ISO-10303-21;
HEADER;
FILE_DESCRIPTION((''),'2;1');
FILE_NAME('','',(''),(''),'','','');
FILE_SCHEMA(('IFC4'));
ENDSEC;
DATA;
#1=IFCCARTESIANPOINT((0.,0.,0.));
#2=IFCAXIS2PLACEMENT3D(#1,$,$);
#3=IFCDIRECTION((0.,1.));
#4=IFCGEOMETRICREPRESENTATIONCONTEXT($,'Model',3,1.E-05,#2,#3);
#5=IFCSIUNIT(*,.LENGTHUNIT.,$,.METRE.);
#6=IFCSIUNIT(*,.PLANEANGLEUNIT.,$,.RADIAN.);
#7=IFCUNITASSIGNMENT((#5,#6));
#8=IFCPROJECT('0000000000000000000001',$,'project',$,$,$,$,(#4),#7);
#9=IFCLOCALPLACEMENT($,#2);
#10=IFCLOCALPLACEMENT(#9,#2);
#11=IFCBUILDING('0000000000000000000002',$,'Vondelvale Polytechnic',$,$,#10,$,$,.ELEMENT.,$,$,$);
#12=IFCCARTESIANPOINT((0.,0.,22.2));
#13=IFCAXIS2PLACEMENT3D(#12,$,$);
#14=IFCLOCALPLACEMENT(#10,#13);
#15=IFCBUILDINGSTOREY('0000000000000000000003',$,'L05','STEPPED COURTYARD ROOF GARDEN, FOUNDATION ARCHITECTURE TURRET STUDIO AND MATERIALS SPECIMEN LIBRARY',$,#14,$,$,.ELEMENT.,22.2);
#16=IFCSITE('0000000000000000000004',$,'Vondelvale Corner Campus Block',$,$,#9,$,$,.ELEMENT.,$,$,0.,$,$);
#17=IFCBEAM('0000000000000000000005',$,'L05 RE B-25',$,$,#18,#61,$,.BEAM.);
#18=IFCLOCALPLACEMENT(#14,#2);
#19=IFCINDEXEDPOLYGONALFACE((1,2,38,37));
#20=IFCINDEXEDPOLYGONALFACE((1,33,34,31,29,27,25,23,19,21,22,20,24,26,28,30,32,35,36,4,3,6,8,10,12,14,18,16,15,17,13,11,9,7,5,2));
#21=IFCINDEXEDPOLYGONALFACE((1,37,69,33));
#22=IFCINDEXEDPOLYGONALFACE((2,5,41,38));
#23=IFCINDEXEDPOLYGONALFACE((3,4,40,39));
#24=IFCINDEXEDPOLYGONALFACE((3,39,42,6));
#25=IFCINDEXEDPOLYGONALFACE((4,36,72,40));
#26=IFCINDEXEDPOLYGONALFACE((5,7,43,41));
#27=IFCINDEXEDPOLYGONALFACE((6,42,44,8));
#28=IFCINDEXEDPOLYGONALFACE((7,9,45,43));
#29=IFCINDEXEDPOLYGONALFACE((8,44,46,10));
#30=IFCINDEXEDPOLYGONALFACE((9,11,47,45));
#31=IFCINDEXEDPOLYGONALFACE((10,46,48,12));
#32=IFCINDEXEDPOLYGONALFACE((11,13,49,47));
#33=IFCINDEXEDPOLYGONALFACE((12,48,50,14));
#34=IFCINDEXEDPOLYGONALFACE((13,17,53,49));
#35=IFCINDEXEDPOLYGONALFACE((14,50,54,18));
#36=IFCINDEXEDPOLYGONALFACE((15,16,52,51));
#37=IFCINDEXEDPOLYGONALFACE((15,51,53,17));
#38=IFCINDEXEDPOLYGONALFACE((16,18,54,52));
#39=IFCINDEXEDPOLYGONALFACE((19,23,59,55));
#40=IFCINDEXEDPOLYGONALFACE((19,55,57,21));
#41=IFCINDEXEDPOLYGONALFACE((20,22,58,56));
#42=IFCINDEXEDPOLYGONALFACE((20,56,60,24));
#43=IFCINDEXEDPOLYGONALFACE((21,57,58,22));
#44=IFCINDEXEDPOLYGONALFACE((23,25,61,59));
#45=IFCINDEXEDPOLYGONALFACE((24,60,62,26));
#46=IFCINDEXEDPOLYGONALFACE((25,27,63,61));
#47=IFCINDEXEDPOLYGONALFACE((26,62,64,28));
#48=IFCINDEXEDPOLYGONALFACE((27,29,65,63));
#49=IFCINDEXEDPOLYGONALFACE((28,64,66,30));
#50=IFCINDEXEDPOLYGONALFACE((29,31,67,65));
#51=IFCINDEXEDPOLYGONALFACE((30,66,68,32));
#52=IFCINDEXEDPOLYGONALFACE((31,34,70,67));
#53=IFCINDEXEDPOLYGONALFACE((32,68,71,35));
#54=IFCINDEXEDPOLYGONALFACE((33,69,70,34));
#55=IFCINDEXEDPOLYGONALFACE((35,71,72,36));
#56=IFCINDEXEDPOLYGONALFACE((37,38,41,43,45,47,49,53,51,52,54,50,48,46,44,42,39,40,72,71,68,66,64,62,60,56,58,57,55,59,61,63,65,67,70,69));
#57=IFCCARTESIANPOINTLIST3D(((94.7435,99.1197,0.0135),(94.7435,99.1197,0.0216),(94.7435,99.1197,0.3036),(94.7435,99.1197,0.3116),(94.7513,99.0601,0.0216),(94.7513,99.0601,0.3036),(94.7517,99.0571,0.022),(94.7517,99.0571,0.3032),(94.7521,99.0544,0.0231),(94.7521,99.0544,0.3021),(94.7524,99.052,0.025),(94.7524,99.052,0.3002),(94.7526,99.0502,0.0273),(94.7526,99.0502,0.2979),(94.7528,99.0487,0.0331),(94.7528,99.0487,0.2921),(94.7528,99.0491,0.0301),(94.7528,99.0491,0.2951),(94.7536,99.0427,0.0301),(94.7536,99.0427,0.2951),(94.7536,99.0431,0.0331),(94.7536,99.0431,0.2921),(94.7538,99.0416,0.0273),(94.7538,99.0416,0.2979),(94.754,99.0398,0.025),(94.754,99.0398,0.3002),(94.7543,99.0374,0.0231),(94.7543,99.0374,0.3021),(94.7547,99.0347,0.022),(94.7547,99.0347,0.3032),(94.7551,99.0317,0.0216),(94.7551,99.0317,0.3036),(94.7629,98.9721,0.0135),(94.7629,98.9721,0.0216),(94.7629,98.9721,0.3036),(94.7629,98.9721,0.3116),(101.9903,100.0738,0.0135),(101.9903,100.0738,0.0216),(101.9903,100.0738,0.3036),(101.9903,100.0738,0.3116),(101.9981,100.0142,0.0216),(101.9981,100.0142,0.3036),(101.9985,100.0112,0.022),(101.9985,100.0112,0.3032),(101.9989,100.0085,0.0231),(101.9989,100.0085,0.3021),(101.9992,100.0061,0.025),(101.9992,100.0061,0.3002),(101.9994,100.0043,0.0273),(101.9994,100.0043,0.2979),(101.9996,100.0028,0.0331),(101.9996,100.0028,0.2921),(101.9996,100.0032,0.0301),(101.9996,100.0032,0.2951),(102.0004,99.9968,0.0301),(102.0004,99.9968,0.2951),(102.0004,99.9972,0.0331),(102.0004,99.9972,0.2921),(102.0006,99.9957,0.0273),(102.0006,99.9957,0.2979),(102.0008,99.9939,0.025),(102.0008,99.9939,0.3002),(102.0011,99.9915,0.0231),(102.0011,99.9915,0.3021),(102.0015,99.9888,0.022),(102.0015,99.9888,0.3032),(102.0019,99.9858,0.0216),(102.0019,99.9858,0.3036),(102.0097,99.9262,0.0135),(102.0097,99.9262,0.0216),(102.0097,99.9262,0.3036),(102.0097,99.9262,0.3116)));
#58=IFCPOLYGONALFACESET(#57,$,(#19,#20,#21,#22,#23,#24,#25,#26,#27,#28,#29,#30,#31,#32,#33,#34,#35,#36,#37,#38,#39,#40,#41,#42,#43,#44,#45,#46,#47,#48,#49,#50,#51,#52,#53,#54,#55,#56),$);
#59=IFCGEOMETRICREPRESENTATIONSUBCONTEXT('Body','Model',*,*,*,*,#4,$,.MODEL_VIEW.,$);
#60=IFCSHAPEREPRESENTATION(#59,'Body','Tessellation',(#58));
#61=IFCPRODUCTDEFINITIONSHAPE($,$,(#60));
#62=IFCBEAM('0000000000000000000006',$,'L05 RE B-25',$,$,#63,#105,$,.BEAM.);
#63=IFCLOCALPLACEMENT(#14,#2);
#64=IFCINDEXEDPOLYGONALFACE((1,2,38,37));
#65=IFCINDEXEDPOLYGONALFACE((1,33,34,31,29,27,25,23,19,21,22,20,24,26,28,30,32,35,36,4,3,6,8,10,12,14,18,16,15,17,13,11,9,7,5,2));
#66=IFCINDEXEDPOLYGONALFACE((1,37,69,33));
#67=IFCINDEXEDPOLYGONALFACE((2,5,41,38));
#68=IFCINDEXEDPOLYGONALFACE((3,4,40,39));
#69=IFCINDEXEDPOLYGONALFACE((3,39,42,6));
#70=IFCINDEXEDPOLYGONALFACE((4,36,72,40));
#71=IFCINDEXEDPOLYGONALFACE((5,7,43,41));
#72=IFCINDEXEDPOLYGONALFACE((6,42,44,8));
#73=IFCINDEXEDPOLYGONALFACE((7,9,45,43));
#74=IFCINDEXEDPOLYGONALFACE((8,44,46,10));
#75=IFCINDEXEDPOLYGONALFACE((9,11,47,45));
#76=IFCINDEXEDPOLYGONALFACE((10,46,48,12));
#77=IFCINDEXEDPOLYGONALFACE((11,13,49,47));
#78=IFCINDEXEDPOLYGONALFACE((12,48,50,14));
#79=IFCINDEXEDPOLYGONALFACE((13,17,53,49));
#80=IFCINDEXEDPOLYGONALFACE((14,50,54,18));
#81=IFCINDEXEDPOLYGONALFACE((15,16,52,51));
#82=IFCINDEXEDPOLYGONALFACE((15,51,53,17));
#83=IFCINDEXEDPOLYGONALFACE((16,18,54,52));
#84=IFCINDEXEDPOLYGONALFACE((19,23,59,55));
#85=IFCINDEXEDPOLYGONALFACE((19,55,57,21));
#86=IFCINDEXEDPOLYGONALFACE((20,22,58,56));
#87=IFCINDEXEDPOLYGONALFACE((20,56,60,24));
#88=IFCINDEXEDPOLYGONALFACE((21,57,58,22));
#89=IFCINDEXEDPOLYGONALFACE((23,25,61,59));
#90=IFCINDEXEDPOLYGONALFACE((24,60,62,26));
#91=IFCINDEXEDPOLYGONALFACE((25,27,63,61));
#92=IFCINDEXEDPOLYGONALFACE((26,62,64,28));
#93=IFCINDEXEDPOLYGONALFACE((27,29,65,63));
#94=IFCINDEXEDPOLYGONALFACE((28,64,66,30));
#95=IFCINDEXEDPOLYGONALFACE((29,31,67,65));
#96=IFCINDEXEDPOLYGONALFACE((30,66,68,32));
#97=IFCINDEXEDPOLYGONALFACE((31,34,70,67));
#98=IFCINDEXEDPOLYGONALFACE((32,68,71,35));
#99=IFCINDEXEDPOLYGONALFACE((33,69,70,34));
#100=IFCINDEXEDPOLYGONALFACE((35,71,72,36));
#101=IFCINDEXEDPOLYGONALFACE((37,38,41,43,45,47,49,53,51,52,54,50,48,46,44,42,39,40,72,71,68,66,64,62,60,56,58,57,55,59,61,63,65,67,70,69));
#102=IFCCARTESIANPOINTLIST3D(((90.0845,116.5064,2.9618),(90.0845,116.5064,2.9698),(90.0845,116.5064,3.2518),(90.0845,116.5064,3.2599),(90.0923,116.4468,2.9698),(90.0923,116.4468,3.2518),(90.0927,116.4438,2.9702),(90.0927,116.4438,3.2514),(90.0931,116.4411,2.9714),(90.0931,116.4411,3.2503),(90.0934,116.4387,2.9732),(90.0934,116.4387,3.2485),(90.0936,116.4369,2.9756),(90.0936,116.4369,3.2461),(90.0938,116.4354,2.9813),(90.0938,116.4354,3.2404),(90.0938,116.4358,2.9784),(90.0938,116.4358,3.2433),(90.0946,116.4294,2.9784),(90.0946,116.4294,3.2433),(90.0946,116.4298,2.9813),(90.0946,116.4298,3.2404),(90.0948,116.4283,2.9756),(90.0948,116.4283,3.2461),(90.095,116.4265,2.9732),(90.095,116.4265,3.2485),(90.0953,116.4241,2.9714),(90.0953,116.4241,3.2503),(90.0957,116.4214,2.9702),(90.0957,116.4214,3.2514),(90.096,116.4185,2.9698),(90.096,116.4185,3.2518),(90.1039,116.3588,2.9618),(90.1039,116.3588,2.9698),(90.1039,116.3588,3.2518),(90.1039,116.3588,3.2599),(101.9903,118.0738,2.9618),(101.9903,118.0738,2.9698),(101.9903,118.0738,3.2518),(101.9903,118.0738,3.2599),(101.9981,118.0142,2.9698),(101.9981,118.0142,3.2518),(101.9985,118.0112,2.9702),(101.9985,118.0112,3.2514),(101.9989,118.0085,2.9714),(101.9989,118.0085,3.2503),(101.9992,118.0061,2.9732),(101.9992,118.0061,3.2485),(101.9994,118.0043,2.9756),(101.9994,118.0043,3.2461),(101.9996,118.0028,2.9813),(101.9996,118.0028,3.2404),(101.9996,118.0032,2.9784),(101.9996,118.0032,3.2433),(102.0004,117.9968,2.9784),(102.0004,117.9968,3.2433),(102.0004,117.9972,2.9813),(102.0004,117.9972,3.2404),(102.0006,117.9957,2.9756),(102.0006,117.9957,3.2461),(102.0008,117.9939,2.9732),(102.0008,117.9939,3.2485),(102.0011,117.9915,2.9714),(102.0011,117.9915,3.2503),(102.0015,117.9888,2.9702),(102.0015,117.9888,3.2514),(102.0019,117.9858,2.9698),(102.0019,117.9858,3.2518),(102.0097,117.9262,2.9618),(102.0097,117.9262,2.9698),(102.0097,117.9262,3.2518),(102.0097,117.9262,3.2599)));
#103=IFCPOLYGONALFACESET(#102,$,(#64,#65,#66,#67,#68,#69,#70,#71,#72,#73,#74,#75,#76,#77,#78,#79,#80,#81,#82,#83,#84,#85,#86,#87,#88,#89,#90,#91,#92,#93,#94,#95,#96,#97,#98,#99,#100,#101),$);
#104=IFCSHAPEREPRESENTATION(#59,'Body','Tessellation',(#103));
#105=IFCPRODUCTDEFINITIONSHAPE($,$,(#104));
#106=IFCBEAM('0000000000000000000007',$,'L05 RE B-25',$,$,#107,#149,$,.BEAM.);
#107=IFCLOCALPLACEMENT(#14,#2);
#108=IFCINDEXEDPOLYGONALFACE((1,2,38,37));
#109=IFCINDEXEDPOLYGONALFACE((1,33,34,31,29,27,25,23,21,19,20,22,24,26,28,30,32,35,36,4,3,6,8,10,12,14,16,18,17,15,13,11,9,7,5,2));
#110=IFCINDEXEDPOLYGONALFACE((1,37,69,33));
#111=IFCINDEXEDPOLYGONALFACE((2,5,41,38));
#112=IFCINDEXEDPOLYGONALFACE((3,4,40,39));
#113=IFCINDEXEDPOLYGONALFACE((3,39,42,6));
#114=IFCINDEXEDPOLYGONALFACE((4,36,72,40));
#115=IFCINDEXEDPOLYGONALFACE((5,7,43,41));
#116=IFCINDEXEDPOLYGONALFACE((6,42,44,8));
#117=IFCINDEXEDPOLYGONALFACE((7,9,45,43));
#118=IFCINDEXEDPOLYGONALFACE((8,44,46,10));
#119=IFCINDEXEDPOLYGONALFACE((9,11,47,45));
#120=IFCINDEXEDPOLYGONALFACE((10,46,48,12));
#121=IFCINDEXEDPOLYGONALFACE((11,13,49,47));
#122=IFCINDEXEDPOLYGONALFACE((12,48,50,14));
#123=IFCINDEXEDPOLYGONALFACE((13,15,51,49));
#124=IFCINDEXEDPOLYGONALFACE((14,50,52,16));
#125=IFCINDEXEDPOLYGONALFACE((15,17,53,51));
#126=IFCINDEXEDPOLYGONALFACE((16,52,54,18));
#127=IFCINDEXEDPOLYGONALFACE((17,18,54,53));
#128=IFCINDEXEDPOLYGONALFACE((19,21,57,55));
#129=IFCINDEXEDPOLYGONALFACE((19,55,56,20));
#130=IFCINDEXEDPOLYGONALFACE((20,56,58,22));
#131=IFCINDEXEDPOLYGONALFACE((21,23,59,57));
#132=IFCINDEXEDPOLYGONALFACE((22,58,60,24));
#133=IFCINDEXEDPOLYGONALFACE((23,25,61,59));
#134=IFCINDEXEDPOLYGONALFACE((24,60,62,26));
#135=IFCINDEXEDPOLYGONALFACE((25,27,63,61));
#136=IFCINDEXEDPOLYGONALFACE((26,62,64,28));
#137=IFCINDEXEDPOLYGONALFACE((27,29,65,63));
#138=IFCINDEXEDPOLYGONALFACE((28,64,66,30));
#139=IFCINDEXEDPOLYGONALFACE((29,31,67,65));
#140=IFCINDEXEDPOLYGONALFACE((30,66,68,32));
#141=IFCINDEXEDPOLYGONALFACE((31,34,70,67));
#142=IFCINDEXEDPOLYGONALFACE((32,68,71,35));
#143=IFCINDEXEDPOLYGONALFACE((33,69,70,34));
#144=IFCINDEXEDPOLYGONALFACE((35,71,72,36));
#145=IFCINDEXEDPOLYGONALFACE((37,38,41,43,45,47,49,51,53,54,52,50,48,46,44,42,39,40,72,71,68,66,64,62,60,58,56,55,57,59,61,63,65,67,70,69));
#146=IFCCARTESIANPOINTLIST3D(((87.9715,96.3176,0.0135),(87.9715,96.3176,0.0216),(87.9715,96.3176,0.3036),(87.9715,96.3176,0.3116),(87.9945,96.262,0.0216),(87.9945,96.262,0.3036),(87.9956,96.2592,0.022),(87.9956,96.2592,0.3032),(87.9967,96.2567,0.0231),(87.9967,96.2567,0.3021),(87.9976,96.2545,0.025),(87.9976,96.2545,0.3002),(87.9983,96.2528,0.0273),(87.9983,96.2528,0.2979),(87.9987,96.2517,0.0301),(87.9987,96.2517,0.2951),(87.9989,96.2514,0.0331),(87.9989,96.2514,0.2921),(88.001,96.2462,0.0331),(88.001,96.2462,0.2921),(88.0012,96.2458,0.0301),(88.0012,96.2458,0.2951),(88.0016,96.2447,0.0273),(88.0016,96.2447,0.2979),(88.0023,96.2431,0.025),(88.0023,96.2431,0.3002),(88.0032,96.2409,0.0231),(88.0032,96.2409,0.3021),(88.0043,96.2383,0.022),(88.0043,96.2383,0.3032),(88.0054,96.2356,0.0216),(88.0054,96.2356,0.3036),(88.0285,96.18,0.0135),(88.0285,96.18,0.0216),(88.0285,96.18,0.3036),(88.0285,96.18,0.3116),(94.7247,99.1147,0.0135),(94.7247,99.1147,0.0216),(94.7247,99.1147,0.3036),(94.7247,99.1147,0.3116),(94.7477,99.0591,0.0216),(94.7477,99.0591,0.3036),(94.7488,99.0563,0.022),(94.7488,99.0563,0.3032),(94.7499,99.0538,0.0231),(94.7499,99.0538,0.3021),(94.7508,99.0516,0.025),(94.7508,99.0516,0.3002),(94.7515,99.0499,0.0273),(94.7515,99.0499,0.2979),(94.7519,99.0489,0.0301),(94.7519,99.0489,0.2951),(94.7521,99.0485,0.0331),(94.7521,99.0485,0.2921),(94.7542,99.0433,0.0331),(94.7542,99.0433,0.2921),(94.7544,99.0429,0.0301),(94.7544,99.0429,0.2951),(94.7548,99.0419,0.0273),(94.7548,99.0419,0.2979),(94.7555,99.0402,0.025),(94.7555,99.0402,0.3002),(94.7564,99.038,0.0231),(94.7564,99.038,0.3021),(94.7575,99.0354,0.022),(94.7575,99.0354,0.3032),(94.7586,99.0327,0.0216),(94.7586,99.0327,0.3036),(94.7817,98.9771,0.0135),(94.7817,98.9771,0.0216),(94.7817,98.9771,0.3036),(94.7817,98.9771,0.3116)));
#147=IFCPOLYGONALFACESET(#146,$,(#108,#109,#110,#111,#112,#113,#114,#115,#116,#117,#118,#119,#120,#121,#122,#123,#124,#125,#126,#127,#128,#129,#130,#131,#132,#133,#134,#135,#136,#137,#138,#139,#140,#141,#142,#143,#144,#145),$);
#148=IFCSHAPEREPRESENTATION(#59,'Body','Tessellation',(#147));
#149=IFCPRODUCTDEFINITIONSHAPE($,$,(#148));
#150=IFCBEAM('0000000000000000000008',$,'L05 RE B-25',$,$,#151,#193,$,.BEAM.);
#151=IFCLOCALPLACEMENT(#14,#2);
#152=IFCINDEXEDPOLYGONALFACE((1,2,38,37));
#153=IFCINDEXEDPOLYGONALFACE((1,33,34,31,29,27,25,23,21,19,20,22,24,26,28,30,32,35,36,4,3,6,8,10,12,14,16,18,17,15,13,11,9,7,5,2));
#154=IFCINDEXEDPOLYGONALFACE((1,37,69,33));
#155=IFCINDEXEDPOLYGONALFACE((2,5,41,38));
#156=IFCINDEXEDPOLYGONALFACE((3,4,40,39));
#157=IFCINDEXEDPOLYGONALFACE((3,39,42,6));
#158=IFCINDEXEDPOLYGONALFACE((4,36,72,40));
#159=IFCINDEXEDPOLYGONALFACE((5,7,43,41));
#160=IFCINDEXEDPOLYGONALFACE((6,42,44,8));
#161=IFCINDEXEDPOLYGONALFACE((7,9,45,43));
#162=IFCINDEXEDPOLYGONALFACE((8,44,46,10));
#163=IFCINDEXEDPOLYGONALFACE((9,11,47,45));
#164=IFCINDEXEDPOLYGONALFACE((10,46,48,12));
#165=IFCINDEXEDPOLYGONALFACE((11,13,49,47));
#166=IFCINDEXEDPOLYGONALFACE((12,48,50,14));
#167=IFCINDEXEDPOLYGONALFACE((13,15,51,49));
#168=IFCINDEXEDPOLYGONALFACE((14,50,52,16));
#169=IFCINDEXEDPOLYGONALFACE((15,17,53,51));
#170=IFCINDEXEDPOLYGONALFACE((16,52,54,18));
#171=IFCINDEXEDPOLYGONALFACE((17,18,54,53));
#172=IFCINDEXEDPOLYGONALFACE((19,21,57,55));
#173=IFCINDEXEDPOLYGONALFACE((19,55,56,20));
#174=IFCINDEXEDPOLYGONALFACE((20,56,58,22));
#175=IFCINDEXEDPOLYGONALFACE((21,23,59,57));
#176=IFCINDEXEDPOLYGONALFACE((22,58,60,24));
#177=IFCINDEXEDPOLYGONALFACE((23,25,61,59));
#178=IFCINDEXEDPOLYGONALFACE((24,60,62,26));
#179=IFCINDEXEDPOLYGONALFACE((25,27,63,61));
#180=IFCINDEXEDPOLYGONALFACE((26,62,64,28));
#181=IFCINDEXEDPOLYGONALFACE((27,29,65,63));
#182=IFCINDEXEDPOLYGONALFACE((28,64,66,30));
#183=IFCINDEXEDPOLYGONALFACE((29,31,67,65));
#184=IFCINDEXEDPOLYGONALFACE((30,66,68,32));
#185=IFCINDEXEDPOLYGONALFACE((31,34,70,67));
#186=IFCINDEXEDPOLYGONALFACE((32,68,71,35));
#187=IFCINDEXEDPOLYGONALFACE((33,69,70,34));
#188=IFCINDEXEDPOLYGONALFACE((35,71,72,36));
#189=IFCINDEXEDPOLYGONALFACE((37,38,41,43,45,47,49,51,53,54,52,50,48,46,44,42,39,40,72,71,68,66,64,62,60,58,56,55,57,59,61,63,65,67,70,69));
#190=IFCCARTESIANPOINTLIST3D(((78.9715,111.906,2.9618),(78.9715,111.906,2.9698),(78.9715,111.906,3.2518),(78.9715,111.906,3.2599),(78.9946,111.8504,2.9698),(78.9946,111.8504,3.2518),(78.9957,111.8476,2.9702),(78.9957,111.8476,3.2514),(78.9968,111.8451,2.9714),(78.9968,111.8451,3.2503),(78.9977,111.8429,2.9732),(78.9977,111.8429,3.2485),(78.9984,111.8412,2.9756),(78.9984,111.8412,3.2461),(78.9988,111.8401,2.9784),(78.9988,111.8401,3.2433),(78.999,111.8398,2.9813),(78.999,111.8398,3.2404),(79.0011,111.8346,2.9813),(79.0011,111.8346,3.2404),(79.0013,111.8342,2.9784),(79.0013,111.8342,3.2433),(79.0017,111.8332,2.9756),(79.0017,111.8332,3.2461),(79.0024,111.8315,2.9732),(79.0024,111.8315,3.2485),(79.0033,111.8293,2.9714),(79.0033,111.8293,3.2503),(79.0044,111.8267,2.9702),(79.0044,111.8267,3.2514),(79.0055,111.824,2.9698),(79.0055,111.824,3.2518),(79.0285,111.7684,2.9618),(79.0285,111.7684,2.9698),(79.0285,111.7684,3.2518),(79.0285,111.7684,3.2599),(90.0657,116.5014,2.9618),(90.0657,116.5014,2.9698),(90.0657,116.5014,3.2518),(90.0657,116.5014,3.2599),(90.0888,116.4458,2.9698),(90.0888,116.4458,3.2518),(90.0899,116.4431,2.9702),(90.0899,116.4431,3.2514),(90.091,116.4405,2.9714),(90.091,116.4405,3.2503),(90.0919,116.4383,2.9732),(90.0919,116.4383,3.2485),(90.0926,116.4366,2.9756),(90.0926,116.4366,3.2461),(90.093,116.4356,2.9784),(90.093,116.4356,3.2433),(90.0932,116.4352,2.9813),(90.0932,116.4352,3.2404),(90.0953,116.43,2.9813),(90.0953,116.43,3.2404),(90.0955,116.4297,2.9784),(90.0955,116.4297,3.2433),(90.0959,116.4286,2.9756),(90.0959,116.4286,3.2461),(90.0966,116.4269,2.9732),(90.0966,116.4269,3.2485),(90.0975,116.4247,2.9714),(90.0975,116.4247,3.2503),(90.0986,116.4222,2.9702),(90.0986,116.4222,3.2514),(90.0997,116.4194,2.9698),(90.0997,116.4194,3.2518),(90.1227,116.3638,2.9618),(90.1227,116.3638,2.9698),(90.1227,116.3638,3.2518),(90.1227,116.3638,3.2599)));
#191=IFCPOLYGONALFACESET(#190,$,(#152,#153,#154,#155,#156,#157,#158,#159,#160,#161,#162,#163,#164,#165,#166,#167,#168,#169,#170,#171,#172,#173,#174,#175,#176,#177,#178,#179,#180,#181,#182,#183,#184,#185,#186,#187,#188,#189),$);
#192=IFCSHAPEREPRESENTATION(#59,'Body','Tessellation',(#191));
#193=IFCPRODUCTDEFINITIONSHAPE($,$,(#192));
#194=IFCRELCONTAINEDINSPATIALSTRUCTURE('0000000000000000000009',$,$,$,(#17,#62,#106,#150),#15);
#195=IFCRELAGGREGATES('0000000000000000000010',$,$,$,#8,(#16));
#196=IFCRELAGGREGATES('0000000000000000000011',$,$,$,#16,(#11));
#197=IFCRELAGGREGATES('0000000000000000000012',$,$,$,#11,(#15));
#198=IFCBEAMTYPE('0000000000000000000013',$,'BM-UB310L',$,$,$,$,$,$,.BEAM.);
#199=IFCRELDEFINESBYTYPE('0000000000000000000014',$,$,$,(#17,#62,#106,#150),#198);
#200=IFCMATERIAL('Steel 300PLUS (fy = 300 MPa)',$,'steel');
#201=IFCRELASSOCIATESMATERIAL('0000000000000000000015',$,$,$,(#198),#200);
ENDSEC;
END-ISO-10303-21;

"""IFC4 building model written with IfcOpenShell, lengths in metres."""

from ifc_helpers import new_model, si_unit, direction, frame, origin, origin_2d, place, context, subcontext, project, spatial, i_section, extrude, material, material_profile, profile_set, type_object, element, save


model = new_model("IFC4")

# Units and contexts
model_context = context("Model", 3, precision=1e-05, world=origin(), true_north=direction((0.0, 1.0)))
body_context = subcontext(model_context, "Body", "Model", "MODEL_VIEW")
ifc_project = project(units=[si_unit("LENGTHUNIT", "METRE"), si_unit("PLANEANGLEUNIT", "RADIAN")], contexts=[model_context])

# Site, building, storey
site_placement = place(None, origin())
site = spatial("IfcSite", under=ifc_project, at=site_placement, Name="Vondelvale Corner Campus Block", CompositionType="ELEMENT", RefElevation=0.0)
building_placement = place(site_placement, origin())
building = spatial("IfcBuilding", under=site, at=building_placement, Name="Vondelvale Polytechnic", CompositionType="ELEMENT")
storey_placement = place(building_placement, frame((0.0, 0.0, 22.2)))
storey = spatial("IfcBuildingStorey", under=building, at=storey_placement, Name="L05", Description="STEPPED COURTYARD ROOF GARDEN, FOUNDATION ARCHITECTURE TURRET STUDIO AND MATERIALS SPECIMEN LIBRARY", CompositionType="ELEMENT", Elevation=22.2)

# Beams
ifc_material_1 = material(Name="Steel 300PLUS (fy = 300 MPa)", Category="steel")
ifc_material_profile_1 = material_profile(ifc_material_1, i_section(OverallWidth=0.1489, OverallDepth=0.2981, WebThickness=0.0056, FlangeThickness=0.0081, FilletRadius=0.0115, at=origin_2d()), Name="310UB32.0")
ifc_profile_set_1 = profile_set([ifc_material_profile_1], Name="Steel 300PLUS (fy = 300 MPa)")
beam_type = type_object("IfcBeamType", Name="BM-UB310L", PredefinedType="BEAM", material=ifc_profile_set_1)
beam_1_placement = place(storey_placement, frame((102.0, 100.0, 0.1626), z_axis=(-0.991444, -0.130531, 0.0), x_axis=(0.130531, -0.991444, 0.0)))
element("IfcBeam", 1, at=beam_1_placement, inside=storey, type_object=beam_type, Name="L05 RE B-25", PredefinedType="BEAM", context=body_context, shape_type="SweptSolid", body=[
    extrude(i_section(OverallWidth=0.1489, OverallDepth=0.2981, WebThickness=0.0056, FlangeThickness=0.0081, FilletRadius=0.0115, at=origin_2d()), origin(), (0.0, 0.0, 1.0), 7.3093),
])
beam_2_placement = place(storey_placement, frame((102.0, 118.0, 3.1108), z_axis=(-0.991445, -0.130523, 0.0), x_axis=(0.130523, -0.991445, 0.0)))
element("IfcBeam", 2, at=beam_2_placement, inside=storey, type_object=beam_type, Name="L05 RE B-25", PredefinedType="BEAM", context=body_context, shape_type="SweptSolid", body=[
    extrude(i_section(OverallWidth=0.1489, OverallDepth=0.2981, WebThickness=0.0056, FlangeThickness=0.0081, FilletRadius=0.0115, at=origin_2d()), origin(), (0.0, 0.0, 1.0), 12.0085),
])
beam_3_placement = place(storey_placement, frame((94.7532, 99.0459, 0.1626), z_axis=(-0.923886, -0.382667, 0.0), x_axis=(0.382667, -0.923886, 0.0)))
element("IfcBeam", 3, at=beam_3_placement, inside=storey, type_object=beam_type, Name="L05 RE B-25", PredefinedType="BEAM", context=body_context, shape_type="SweptSolid", body=[
    extrude(i_section(OverallWidth=0.1489, OverallDepth=0.2981, WebThickness=0.0056, FlangeThickness=0.0081, FilletRadius=0.0115, at=origin_2d()), origin(), (0.0, 0.0, 1.0), 7.3096),
])
for number, where, z_axis, x_axis, name in (
    (4, (90.0942, 116.4326, 3.1108), (-0.923877, -0.382689, 0.0), (0.382689, -0.923877, 0.0), "L05 RE B-25"),
):
    element("IfcBeam", number, at=place(storey_placement, frame(where, z_axis=z_axis, x_axis=x_axis)), inside=storey, type_object=beam_type, Name=name, PredefinedType="BEAM", context=body_context, shape_type="SweptSolid", body=[
        extrude(i_section(OverallWidth=0.1489, OverallDepth=0.2981, WebThickness=0.0056, FlangeThickness=0.0081, FilletRadius=0.0115, at=origin_2d()), origin(), (0.0, 0.0, 1.0), 12.0083),
    ])

save(model, "model.ifc")
